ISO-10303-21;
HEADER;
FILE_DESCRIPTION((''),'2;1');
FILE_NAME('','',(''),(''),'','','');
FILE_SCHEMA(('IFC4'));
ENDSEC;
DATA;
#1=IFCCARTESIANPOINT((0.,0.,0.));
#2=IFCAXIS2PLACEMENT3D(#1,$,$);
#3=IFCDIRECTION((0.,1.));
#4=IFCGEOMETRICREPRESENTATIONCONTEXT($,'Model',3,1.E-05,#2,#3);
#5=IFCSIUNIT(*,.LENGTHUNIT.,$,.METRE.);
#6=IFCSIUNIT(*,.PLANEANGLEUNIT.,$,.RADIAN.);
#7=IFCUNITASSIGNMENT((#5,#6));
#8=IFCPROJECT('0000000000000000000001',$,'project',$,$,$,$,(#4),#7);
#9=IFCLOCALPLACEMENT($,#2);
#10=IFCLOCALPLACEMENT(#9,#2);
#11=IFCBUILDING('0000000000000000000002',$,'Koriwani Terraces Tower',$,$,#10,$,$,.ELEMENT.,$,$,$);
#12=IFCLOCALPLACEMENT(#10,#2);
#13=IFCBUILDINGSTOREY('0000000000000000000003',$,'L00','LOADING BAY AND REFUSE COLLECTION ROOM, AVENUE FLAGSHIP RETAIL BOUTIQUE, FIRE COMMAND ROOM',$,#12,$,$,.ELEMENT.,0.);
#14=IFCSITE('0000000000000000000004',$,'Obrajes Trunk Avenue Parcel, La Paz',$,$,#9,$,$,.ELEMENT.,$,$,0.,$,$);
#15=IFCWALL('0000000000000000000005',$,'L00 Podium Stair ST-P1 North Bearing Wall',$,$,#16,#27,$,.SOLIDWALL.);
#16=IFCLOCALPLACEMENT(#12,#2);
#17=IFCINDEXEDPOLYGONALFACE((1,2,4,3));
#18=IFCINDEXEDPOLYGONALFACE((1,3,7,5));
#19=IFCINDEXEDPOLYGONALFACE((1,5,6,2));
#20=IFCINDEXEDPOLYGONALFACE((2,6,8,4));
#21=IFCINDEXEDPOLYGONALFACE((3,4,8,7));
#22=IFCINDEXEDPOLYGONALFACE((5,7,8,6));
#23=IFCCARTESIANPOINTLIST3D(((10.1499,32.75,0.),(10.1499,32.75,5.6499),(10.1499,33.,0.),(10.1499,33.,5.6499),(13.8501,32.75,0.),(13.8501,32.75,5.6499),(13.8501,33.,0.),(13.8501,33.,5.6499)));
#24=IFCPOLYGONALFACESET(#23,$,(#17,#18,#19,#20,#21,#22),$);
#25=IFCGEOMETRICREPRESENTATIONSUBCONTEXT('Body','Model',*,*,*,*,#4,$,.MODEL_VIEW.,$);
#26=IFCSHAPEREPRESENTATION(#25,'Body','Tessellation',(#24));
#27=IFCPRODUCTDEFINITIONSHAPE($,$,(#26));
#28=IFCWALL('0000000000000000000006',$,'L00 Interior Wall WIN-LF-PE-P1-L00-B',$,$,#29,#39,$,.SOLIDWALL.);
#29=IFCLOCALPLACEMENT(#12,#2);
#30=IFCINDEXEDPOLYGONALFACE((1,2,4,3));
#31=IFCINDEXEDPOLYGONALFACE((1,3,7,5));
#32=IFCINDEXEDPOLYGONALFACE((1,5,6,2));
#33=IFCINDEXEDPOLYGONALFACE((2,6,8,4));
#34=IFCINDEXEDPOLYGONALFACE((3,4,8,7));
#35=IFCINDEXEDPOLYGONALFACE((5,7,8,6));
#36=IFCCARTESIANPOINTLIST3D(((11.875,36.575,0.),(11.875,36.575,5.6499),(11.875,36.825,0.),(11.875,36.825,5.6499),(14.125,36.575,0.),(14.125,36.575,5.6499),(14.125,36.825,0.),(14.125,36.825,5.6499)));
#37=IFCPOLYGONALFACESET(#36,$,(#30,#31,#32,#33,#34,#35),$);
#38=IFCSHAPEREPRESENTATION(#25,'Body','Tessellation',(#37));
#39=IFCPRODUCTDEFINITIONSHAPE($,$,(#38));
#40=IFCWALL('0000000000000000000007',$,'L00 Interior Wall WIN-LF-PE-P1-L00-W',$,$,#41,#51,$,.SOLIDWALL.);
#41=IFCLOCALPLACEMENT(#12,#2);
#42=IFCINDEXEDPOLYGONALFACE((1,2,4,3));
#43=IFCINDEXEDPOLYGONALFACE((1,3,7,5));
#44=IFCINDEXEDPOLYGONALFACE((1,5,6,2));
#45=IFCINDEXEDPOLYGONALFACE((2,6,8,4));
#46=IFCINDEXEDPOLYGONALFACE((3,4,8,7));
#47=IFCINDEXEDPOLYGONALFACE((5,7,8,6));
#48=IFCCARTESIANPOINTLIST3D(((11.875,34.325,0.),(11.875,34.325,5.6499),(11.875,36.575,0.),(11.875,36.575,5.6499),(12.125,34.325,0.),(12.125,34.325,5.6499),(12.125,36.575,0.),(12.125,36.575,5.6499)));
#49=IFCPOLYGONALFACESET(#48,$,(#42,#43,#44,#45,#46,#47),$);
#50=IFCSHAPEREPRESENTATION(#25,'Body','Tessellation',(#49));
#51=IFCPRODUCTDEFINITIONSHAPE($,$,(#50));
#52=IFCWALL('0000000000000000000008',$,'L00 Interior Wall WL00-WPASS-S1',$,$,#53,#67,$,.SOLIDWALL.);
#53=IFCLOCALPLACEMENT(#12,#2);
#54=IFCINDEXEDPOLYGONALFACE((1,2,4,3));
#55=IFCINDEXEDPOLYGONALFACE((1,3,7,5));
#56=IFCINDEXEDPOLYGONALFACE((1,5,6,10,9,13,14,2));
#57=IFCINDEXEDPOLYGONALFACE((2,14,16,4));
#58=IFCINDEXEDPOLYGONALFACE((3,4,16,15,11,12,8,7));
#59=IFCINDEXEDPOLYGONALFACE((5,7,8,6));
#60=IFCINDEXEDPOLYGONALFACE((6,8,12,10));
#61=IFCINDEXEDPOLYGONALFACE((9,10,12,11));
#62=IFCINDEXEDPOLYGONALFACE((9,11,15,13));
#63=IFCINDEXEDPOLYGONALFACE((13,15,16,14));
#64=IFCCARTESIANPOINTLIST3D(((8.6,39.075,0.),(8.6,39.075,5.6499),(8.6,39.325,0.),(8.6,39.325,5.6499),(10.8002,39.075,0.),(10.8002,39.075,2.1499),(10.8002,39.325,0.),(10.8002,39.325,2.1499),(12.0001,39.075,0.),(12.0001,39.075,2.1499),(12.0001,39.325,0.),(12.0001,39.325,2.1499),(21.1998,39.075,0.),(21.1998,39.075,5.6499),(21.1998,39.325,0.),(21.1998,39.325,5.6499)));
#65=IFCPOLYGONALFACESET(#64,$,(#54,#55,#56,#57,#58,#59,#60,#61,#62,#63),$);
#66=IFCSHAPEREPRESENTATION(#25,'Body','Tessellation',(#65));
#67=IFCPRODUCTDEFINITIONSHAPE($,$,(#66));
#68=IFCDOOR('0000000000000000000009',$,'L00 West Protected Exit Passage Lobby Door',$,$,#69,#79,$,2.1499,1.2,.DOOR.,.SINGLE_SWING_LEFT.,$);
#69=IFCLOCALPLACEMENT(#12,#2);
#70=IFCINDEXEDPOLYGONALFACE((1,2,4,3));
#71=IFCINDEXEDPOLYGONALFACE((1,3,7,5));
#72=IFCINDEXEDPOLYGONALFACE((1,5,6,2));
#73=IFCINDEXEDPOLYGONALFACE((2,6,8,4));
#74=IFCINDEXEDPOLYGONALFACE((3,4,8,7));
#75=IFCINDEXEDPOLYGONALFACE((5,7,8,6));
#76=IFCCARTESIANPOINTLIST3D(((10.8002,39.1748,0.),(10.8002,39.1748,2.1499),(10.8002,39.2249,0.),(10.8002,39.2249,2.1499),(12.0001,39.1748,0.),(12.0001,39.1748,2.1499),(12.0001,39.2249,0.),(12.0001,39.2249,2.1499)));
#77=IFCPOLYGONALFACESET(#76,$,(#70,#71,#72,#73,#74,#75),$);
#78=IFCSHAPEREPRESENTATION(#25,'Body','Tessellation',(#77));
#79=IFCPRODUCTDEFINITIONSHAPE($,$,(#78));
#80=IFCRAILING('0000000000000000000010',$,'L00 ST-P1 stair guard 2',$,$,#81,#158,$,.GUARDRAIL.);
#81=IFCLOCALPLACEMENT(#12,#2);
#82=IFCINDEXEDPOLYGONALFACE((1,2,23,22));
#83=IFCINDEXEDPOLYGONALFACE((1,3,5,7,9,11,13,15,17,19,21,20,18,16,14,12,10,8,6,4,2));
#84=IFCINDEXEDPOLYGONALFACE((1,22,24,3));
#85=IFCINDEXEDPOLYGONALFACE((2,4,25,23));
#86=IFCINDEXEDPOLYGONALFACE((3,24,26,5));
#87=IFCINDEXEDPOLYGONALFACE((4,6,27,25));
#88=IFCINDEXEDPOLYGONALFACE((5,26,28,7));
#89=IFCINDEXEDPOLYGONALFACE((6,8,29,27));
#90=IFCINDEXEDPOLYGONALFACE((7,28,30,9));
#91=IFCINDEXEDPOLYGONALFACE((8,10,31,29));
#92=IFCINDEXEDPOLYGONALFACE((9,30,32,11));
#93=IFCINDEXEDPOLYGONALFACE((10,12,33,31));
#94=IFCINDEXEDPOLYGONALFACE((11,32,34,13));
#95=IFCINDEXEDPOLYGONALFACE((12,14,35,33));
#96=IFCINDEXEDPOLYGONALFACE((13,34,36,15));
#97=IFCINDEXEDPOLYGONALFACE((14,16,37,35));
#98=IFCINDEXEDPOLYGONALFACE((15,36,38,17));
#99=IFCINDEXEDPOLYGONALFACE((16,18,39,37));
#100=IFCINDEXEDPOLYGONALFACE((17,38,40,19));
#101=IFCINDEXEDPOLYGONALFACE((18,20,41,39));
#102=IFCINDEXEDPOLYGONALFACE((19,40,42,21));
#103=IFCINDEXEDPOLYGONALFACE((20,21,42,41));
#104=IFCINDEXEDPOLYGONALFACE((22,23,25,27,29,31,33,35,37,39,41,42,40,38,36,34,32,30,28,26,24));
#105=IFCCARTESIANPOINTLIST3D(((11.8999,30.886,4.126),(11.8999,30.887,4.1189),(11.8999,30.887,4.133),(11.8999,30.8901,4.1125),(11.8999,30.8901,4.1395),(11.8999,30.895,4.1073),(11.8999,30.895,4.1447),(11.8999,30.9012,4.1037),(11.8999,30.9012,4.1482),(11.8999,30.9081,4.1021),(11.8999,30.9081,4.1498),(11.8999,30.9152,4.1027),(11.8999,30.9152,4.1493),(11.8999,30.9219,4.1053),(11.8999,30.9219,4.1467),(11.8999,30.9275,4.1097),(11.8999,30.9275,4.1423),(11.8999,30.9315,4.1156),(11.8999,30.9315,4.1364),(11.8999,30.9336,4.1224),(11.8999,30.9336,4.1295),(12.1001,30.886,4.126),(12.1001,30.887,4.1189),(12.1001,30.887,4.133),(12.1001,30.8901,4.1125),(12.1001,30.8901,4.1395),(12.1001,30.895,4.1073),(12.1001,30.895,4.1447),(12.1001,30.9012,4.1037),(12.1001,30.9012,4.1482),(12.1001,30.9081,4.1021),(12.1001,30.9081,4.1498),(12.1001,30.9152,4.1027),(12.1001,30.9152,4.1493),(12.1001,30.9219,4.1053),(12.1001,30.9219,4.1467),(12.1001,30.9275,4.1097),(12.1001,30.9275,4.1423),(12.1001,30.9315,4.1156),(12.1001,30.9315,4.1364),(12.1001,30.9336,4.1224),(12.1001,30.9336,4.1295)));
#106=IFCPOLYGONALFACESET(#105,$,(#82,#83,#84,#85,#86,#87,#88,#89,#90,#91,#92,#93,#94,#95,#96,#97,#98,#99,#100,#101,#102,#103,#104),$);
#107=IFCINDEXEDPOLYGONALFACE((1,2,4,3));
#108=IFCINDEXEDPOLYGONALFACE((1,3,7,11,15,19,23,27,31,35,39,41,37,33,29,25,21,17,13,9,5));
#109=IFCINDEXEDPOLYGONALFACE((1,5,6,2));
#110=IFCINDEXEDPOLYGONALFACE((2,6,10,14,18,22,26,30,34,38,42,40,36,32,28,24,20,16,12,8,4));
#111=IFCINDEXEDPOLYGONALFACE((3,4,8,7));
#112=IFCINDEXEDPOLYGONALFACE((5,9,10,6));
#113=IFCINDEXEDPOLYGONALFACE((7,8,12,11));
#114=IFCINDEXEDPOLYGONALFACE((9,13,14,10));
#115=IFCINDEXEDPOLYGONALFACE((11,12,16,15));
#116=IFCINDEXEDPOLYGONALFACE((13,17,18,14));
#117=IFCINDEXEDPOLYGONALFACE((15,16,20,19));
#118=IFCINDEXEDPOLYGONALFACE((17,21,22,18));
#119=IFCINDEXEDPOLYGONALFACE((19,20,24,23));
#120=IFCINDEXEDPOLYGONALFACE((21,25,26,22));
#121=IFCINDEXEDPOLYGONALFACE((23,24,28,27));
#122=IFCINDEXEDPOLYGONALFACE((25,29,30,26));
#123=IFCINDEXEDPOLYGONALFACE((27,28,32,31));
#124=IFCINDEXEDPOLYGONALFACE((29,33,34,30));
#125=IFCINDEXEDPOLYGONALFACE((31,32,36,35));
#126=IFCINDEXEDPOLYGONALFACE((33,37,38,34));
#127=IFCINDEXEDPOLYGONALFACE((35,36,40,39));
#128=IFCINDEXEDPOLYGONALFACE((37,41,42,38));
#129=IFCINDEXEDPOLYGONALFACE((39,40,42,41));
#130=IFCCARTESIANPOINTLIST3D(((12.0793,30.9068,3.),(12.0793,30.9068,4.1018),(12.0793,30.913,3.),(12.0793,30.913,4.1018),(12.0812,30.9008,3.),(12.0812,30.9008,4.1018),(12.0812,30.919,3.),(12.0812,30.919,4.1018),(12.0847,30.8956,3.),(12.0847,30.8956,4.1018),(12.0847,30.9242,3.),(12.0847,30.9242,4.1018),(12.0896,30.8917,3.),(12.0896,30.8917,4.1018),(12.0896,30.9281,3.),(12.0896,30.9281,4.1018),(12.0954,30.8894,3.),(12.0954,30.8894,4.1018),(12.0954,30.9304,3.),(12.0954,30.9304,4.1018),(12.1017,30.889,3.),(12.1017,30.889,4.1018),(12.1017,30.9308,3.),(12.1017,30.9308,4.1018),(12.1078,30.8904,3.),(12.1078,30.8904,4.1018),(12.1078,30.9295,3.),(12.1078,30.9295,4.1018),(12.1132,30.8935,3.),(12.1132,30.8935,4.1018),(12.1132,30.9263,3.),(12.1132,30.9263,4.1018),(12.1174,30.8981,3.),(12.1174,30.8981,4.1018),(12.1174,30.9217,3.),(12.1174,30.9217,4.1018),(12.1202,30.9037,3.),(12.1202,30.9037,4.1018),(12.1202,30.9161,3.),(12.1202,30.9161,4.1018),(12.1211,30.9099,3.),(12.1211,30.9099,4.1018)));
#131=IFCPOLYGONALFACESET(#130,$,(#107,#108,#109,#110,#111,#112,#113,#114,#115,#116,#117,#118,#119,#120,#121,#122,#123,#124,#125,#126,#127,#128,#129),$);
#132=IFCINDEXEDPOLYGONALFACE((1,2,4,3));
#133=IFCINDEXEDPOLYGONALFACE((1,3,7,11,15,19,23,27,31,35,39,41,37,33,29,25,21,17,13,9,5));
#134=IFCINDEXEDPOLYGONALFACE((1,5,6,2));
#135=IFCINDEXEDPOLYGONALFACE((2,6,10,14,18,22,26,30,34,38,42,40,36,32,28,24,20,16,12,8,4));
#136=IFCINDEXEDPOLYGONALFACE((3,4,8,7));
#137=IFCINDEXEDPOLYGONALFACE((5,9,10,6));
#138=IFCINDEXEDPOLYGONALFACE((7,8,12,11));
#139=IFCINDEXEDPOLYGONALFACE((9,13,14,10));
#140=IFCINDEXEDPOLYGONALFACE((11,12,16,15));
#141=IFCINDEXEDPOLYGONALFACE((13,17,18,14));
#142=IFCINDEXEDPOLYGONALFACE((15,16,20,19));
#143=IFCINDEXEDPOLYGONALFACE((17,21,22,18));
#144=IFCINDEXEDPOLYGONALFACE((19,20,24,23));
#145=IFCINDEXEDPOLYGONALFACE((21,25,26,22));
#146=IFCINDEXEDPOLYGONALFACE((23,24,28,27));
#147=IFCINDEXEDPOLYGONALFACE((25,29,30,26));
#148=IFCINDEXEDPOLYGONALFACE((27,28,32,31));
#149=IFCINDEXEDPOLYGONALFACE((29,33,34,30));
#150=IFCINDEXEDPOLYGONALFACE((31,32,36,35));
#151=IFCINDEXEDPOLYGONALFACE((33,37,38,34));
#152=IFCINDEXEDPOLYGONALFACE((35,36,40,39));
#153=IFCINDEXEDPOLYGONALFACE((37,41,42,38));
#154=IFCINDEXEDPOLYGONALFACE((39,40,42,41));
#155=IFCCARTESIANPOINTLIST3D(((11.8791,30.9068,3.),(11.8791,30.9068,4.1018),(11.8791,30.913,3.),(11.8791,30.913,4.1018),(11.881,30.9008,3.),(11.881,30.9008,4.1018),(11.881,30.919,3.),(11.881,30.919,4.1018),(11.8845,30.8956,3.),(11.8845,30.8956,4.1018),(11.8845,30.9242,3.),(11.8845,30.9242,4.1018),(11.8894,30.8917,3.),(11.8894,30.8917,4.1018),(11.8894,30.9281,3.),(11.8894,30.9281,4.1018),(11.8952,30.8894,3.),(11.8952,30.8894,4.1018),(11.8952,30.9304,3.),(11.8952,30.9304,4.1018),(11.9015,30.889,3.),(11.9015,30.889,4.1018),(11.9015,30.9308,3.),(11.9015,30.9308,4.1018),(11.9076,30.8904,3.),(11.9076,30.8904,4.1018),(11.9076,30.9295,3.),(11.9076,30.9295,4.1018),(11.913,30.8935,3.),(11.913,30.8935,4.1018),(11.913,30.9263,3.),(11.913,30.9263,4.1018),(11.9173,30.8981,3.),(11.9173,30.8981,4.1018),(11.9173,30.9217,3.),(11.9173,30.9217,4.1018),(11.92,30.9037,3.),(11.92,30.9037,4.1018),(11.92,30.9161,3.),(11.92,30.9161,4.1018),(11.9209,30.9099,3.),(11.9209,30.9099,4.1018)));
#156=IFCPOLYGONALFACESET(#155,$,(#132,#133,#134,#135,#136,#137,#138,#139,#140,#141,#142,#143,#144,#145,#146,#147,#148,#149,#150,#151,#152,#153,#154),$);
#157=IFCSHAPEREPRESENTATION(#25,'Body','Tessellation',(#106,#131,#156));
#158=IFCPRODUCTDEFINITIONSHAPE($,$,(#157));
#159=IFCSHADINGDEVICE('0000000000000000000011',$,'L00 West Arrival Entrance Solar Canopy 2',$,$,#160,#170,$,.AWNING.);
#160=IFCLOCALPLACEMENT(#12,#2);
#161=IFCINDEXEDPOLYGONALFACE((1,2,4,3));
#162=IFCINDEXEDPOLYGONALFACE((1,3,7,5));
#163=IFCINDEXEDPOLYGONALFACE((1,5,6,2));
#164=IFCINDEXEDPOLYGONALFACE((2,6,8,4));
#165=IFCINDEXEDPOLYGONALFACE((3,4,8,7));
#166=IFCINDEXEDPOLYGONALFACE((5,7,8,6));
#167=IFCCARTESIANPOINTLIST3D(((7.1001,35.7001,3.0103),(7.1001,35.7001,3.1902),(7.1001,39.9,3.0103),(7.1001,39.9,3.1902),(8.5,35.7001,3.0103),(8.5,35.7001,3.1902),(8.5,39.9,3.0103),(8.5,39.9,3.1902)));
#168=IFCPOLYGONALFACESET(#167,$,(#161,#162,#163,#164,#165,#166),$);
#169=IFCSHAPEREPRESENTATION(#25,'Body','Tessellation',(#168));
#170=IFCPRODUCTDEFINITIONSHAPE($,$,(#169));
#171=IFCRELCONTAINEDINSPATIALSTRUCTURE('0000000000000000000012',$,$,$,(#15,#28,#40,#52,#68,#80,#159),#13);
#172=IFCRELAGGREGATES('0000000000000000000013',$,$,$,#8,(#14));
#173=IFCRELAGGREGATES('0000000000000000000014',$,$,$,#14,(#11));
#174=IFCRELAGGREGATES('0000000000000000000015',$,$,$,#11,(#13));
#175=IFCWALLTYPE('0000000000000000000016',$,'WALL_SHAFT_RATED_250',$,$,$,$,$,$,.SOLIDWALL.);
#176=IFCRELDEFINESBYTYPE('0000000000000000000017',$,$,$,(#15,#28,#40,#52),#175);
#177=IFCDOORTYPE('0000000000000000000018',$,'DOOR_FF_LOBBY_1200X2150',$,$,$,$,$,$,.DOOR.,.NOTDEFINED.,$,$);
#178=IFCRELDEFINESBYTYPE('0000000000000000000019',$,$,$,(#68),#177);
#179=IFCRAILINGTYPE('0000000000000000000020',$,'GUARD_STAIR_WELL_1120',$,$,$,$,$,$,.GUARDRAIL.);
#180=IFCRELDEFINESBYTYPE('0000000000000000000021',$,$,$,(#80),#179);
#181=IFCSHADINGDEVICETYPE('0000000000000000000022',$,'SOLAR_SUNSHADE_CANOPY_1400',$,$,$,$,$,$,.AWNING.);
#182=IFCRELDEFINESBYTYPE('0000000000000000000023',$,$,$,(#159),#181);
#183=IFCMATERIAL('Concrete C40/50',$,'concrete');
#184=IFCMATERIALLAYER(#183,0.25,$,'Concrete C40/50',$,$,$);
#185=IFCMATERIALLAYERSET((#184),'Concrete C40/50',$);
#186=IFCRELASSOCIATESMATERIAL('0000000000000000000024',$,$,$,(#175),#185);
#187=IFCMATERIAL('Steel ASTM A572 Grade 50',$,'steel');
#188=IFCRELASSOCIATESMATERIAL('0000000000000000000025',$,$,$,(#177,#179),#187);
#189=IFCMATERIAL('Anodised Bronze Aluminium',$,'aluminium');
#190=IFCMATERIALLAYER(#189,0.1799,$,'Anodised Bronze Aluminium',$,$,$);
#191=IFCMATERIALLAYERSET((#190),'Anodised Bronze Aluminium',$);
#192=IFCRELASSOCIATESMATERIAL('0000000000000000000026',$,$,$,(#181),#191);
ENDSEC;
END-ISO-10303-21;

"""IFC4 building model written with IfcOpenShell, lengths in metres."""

from ifc_helpers import new_model, si_unit, direction, frame, frame_2d, origin, origin_2d, place, context, subcontext, project, spatial, rectangle, circle, extrude, material, layer, layer_set, type_object, element, fill, save


model = new_model("IFC4")

# Units and contexts
model_context = context("Model", 3, precision=1e-05, world=origin(), true_north=direction((0.0, 1.0)))
body_context = subcontext(model_context, "Body", "Model", "MODEL_VIEW")
ifc_project = project(units=[si_unit("LENGTHUNIT", "METRE"), si_unit("PLANEANGLEUNIT", "RADIAN")], contexts=[model_context])

# Site, building, storey
site_placement = place(None, origin())
site = spatial("IfcSite", under=ifc_project, at=site_placement, Name="Obrajes Trunk Avenue Parcel, La Paz", CompositionType="ELEMENT", RefElevation=0.0)
building_placement = place(site_placement, origin())
building = spatial("IfcBuilding", under=site, at=building_placement, Name="Koriwani Terraces Tower", CompositionType="ELEMENT")
storey_placement = place(building_placement, origin())
storey = spatial("IfcBuildingStorey", under=building, at=storey_placement, Name="L00", Description="LOADING BAY AND REFUSE COLLECTION ROOM, AVENUE FLAGSHIP RETAIL BOUTIQUE, FIRE COMMAND ROOM", CompositionType="ELEMENT", Elevation=0.0)

# Shared definitions
ifc_material_1 = material(Name="Steel ASTM A572 Grade 50", Category="steel")

# Wall
ifc_material_2 = material(Name="Concrete C40/50", Category="concrete")
ifc_layer_1 = layer(ifc_material_2, 0.25, Name="Concrete C40/50")
ifc_layer_set_1 = layer_set([ifc_layer_1], Name="Concrete C40/50")
wall_type = type_object("IfcWallType", Name="WALL_SHAFT_RATED_250", PredefinedType="SOLIDWALL", material=ifc_layer_set_1)
wall_1_placement = place(storey_placement, frame((10.1499, 32.875, 0.0), z_axis=(0.0, 0.0, 1.0), x_axis=(1.0, 0.0, 0.0)))
element("IfcWall", 1, at=wall_1_placement, inside=storey, type_object=wall_type, Name="L00 Podium Stair ST-P1 North Bearing Wall", PredefinedType="SOLIDWALL", context=body_context, shape_type="SweptSolid", body=[
    extrude(rectangle(XDim=3.7002, YDim=0.25, at=frame_2d((1.8501, 0.0))), origin(), (0.0, 0.0, 1.0), 5.6499),
])

# Walls
for number, where, z_axis, x_axis, name in (
    (2, (11.875, 36.7, 0.0), (0.0, 0.0, 1.0), (1.0, 0.0, 0.0), "L00 Interior Wall WIN-LF-PE-P1-L00-B"),
    (3, (12.0, 34.325, 0.0), (0.0, 0.0, 1.0), (0.0, 1.0, 0.0), "L00 Interior Wall WIN-LF-PE-P1-L00-W"),
):
    element("IfcWall", number, at=place(storey_placement, frame(where, z_axis=z_axis, x_axis=x_axis)), inside=storey, type_object=wall_type, Name=name, PredefinedType="SOLIDWALL", context=body_context, shape_type="SweptSolid", body=[
        extrude(rectangle(XDim=2.25, YDim=0.25, at=frame_2d((1.125, 0.0))), origin(), (0.0, 0.0, 1.0), 5.6499),
    ])

# Wall, opening, door
wall_2_placement = place(storey_placement, frame((8.6001, 39.2, 0.0), z_axis=(0.0, 0.0, 1.0), x_axis=(1.0, 0.0, 0.0)))
wall_2 = element("IfcWall", 4, at=wall_2_placement, inside=storey, type_object=wall_type, Name="L00 Interior Wall WL00-WPASS-S1", PredefinedType="SOLIDWALL", context=body_context, shape_type="SweptSolid", body=[
    extrude(rectangle(XDim=12.5999, YDim=0.25, at=frame_2d((6.2998, 0.0))), origin(), (0.0, 0.0, 1.0), 5.6499),
])
opening_1_placement = place(wall_2_placement, frame((2.2, 0.0, 0.0)))
opening_1 = element("IfcOpeningElement", 5, at=opening_1_placement, cuts=wall_2, PredefinedType="OPENING", context=body_context, shape_type="SweptSolid", body=[
    extrude(rectangle(XDim=1.2, YDim=2.1499, at=frame_2d((0.6001, 1.075))), frame((0.0, 0.135, 0.0), z_axis=(0.0, -1.0, 0.0), x_axis=(1.0, 0.0, 0.0)), (0.0, 0.0, 1.0), 0.27),
])
door_type_1 = type_object("IfcDoorType", Name="DOOR_FF_LOBBY_1200X2150", OperationType="NOTDEFINED", PredefinedType="DOOR", material=ifc_material_1)
door_1_placement = place(opening_1_placement, origin())
door_1 = element("IfcDoor", 6, at=door_1_placement, inside=storey, type_object=door_type_1, Name="L00 West Protected Exit Passage Lobby Door", OperationType="SINGLE_SWING_LEFT", OverallHeight=2.1499, OverallWidth=1.2, PredefinedType="DOOR", context=body_context, shape_type="SweptSolid", body=[
    extrude(rectangle(XDim=1.2, YDim=2.1499, at=frame_2d((0.6001, 1.075))), frame((0.0, 0.0249, 0.0), z_axis=(0.0, -1.0, 0.0), x_axis=(1.0, 0.0, 0.0)), (0.0, 0.0, 1.0), 0.05),
])
fill(opening_1, door_1)

# Railing
railing_type = type_object("IfcRailingType", Name="GUARD_STAIR_WELL_1120", PredefinedType="GUARDRAIL", material=ifc_material_1)
railing_placement = place(storey_placement, frame((12.1001, 30.9099, 3.0)))
element("IfcRailing", 7, at=railing_placement, inside=storey, type_object=railing_type, Name="L00 ST-P1 stair guard 2", PredefinedType="GUARDRAIL", context=body_context, shape_type="SweptSolid", body=[
    extrude(circle(Radius=0.0239, at=origin_2d()), frame((0.0, 0.0, 1.126), z_axis=(-1.0, 0.0, 0.0), x_axis=(0.0, -1.0, 0.0)), (0.0, 0.0, 1.0), 0.2002),
    extrude(circle(Radius=0.021, at=origin_2d()), origin(), (0.0, 0.0, 1.0), 1.1018),
    extrude(circle(Radius=0.021, at=origin_2d()), frame((-0.2002, 0.0, 0.0)), (0.0, 0.0, 1.0), 1.1018),
])

# Shading device
ifc_material_3 = material(Name="Anodised Bronze Aluminium", Category="aluminium")
ifc_layer_2 = layer(ifc_material_3, 0.1799, Name="Anodised Bronze Aluminium")
ifc_layer_set_2 = layer_set([ifc_layer_2], Name="Anodised Bronze Aluminium")
shading_device_type = type_object("IfcShadingDeviceType", Name="SOLAR_SUNSHADE_CANOPY_1400", PredefinedType="AWNING", material=ifc_layer_set_2)
shading_device_placement = place(storey_placement, frame((7.8, 37.8, 3.0103), z_axis=(0.0, 0.0, 1.0), x_axis=(1.0, 0.0, 0.0)))
element("IfcShadingDevice", 8, at=shading_device_placement, inside=storey, type_object=shading_device_type, Name="L00 West Arrival Entrance Solar Canopy 2", PredefinedType="AWNING", context=body_context, shape_type="SweptSolid", body=[
    extrude(rectangle(XDim=1.3999, YDim=4.2, at=origin_2d()), origin(), (0.0, 0.0, 1.0), 0.1799),
])

save(model, "model.ifc")
